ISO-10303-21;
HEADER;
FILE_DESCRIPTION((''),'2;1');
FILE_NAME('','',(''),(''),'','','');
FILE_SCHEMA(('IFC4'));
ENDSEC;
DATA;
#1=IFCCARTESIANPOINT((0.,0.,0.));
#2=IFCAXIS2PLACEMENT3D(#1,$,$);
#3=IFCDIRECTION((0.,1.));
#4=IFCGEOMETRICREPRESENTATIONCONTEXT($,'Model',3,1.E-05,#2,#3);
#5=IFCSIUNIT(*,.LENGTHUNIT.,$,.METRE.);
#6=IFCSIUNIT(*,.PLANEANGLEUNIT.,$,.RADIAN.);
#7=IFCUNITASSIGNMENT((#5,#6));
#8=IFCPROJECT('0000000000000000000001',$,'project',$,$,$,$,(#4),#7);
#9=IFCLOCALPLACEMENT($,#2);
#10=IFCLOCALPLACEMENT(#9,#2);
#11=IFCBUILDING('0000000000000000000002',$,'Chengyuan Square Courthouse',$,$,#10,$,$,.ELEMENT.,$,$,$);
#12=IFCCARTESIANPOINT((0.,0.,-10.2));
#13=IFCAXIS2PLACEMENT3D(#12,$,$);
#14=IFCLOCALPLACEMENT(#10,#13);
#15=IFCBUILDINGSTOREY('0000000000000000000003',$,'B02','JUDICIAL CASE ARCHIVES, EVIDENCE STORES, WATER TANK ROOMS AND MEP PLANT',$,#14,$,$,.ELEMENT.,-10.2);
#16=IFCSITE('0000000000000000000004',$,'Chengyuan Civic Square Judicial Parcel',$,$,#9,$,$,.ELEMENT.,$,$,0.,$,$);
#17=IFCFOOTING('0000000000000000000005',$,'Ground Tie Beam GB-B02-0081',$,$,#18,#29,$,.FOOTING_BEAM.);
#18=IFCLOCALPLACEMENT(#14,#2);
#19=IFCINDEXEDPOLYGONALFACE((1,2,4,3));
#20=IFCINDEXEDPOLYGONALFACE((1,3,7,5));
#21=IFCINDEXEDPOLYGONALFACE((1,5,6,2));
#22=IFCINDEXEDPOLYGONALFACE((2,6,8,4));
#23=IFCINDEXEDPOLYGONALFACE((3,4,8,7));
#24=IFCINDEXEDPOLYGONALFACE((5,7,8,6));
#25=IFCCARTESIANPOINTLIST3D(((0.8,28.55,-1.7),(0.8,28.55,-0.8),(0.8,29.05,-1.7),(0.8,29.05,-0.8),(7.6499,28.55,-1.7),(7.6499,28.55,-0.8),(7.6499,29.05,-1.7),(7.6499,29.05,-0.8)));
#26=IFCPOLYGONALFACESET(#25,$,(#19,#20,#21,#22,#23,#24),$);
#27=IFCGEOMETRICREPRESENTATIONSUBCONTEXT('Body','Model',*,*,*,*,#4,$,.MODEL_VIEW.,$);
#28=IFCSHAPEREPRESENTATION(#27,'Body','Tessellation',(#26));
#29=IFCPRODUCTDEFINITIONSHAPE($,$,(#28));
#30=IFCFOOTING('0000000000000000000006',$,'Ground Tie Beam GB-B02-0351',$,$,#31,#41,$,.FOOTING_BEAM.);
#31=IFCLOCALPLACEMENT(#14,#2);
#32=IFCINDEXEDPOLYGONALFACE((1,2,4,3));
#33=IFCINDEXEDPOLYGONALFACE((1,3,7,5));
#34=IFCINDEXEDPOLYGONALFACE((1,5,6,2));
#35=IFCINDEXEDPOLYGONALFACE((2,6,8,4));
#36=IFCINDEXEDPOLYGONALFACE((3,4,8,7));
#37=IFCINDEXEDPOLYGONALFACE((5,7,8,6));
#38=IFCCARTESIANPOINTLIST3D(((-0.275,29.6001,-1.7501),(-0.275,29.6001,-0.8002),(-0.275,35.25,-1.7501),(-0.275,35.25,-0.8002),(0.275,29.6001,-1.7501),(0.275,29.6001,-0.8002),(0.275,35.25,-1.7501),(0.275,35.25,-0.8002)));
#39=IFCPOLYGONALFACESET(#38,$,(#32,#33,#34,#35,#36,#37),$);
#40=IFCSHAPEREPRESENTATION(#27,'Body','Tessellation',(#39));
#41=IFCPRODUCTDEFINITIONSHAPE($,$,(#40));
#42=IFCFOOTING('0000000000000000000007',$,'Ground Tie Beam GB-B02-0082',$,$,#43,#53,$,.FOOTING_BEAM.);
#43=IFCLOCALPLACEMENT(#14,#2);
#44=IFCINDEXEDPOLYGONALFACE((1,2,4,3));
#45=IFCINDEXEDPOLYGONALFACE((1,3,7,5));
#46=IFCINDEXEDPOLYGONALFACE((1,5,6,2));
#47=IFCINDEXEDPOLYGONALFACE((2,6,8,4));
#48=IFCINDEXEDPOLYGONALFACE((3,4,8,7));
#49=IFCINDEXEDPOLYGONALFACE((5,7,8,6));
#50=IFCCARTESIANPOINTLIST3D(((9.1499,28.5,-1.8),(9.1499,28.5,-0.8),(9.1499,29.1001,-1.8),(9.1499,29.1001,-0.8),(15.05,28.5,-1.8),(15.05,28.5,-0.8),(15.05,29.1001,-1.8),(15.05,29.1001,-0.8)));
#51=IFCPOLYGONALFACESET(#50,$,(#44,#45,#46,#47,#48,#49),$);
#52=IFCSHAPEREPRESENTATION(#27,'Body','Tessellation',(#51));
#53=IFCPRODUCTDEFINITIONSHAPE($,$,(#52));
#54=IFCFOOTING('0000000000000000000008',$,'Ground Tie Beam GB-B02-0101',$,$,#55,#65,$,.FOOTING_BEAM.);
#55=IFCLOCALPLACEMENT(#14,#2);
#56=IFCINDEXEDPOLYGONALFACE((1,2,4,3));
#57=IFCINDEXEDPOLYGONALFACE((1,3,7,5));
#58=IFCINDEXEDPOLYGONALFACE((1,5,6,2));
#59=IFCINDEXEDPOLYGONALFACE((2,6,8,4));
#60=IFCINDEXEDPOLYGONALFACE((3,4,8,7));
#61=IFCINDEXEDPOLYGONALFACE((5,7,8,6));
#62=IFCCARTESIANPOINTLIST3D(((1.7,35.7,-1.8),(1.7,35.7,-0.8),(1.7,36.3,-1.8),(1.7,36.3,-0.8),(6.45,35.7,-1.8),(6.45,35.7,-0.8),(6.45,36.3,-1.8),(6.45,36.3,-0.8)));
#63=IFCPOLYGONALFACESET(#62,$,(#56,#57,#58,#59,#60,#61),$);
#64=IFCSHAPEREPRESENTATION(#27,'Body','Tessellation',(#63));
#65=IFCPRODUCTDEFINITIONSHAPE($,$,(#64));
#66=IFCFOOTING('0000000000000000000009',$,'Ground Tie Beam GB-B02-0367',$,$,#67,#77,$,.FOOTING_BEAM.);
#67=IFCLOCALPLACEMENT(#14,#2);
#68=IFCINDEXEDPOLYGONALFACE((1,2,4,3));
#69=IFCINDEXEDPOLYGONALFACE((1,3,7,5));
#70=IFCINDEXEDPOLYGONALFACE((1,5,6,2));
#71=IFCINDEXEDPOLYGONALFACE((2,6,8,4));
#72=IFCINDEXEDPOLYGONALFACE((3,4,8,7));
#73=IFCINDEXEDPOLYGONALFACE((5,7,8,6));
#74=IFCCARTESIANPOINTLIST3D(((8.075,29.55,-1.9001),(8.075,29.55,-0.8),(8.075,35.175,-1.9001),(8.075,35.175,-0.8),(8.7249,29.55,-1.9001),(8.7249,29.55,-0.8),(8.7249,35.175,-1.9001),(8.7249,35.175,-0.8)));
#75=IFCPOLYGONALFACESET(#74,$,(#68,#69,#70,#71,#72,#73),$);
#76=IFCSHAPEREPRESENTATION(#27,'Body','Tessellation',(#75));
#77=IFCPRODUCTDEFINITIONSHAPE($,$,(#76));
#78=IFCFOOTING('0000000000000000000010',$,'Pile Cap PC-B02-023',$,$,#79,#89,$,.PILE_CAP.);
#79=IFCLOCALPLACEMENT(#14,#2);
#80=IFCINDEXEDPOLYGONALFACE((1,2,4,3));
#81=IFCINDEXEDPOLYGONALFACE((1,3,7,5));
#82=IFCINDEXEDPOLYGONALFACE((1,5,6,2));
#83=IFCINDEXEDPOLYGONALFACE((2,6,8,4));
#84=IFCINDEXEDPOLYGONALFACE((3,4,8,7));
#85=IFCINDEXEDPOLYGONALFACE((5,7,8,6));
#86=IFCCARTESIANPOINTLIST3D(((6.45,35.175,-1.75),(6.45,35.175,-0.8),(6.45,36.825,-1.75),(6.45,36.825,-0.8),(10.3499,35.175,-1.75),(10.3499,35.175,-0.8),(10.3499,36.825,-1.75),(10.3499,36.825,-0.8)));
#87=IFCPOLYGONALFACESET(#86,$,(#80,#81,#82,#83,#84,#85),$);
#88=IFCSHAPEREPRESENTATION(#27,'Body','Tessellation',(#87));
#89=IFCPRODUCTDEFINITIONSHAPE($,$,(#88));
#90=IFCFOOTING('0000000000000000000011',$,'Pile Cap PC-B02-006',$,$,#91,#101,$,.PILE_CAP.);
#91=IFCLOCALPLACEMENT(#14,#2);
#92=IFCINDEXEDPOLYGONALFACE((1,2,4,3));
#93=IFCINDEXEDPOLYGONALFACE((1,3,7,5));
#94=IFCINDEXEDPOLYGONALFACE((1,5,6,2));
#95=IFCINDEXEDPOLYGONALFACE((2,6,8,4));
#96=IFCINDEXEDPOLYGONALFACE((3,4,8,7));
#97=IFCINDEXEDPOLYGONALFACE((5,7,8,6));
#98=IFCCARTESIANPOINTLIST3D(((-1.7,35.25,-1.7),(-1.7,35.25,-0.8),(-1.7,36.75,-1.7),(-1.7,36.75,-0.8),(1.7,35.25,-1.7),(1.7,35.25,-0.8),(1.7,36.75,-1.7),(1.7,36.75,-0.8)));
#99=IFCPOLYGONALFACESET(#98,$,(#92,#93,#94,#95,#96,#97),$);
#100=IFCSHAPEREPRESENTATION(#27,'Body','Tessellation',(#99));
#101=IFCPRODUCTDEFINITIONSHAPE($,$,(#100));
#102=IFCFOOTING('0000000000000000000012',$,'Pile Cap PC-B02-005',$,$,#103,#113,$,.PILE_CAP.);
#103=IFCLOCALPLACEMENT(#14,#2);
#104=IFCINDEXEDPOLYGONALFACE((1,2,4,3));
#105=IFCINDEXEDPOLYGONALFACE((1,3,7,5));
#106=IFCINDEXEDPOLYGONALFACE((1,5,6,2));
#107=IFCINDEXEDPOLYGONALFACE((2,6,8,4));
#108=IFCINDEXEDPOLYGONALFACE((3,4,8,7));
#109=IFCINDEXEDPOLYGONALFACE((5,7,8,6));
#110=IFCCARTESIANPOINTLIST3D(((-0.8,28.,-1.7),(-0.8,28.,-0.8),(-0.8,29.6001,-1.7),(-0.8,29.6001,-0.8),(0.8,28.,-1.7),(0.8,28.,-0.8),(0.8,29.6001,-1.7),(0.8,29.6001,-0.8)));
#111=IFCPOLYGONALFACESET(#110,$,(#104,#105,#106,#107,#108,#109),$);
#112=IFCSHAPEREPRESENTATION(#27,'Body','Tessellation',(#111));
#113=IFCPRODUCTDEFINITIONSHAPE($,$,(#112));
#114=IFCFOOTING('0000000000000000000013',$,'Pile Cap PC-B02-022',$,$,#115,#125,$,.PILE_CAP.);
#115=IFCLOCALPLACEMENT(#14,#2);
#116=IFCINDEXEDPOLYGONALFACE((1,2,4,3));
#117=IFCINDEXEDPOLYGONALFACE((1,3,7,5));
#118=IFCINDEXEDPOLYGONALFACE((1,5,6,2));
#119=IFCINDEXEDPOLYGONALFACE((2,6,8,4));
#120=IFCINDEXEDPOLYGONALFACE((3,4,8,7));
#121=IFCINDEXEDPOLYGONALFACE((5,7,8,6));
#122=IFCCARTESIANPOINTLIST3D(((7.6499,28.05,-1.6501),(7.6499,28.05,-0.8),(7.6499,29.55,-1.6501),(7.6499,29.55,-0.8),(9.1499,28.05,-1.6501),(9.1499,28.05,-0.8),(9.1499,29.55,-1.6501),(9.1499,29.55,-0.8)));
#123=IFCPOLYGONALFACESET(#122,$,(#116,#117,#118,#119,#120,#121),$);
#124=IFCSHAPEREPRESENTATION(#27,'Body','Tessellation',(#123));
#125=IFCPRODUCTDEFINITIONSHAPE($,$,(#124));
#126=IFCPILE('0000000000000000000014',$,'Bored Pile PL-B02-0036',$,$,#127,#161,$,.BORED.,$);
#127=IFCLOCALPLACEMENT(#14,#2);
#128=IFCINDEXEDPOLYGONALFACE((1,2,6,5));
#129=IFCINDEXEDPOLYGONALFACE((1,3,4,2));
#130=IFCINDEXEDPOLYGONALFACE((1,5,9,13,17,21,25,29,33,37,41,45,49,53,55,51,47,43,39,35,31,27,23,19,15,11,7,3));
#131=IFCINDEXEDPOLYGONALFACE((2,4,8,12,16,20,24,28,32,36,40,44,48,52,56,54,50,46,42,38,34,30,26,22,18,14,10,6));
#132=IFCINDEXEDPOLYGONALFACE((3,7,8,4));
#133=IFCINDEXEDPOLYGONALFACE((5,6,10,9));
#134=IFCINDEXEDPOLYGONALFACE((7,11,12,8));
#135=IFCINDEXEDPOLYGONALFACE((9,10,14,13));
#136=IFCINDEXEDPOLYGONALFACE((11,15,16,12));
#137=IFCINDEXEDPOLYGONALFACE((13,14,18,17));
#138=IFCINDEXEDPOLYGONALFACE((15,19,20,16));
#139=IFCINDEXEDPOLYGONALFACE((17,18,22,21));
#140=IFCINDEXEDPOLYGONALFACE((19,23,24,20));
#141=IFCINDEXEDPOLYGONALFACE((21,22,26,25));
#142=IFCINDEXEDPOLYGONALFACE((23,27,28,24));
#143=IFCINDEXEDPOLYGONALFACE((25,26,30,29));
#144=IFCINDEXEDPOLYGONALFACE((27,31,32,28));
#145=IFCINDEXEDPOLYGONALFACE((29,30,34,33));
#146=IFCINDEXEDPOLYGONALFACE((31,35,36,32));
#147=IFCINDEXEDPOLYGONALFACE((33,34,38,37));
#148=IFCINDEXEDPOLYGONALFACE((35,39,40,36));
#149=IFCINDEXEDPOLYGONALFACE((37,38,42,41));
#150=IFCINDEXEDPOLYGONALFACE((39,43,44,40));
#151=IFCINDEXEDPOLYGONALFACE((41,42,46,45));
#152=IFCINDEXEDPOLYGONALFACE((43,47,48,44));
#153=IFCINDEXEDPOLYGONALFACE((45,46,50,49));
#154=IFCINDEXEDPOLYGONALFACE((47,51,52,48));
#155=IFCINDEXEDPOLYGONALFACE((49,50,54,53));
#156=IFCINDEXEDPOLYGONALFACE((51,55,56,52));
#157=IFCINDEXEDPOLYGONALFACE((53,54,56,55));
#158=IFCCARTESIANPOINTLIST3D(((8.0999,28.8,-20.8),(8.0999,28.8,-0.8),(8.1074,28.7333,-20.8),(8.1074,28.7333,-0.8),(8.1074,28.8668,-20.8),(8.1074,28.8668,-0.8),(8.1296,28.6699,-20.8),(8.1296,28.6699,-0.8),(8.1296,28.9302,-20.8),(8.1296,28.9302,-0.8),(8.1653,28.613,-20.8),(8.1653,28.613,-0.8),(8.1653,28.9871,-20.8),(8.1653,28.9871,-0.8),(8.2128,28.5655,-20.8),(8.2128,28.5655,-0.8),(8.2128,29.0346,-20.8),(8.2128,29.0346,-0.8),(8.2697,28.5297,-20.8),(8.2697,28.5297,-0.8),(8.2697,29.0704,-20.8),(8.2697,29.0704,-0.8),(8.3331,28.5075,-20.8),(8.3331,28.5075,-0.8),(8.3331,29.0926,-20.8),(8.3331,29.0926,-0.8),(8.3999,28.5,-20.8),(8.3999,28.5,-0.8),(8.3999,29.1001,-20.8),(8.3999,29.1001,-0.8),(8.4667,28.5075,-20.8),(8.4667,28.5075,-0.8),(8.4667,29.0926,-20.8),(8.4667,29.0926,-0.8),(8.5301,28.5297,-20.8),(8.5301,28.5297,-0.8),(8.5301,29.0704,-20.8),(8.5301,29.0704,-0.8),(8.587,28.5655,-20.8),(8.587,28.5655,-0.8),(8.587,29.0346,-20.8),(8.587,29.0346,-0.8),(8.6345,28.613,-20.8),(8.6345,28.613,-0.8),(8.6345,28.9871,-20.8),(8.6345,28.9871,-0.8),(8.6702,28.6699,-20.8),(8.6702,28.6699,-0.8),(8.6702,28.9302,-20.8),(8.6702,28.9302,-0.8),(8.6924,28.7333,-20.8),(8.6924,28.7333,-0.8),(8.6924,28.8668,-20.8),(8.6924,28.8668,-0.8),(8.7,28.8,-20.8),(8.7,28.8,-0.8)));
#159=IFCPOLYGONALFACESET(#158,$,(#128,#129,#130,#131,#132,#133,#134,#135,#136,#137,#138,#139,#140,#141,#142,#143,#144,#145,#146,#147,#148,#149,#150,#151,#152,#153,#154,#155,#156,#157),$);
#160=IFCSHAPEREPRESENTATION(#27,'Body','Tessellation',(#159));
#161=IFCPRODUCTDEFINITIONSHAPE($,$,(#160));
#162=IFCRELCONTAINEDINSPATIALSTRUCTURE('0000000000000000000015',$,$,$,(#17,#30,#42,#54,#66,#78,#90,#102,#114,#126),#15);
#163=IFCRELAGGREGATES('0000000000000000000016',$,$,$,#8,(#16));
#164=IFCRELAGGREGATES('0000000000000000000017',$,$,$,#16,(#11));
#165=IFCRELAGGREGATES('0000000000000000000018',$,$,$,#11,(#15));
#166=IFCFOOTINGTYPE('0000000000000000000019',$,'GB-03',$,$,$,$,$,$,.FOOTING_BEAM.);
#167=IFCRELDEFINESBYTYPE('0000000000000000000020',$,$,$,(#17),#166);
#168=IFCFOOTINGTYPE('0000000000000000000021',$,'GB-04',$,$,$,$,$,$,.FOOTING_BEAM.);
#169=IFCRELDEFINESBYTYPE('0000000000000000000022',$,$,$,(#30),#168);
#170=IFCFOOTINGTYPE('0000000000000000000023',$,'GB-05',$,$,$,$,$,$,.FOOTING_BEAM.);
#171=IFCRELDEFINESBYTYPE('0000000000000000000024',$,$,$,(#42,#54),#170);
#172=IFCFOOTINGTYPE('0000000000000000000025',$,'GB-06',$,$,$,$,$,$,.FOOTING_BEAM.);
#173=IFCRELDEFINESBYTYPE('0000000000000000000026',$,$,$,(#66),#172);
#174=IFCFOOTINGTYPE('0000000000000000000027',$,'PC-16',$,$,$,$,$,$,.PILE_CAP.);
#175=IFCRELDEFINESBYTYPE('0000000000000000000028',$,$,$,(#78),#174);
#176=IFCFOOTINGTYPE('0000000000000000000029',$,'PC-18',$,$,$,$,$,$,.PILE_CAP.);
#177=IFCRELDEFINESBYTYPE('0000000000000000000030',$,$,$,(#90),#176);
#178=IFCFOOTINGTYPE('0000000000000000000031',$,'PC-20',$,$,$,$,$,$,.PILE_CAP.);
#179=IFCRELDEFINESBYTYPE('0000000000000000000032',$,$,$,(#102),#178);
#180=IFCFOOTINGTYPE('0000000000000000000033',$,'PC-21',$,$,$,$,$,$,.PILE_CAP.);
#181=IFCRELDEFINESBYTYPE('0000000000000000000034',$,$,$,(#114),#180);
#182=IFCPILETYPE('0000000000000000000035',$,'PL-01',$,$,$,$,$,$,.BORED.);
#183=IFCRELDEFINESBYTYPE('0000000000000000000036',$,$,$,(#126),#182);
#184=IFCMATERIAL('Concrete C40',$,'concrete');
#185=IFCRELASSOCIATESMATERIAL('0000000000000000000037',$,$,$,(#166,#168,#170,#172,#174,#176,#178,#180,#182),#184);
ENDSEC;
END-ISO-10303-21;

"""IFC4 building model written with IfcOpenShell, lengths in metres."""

from ifc_helpers import new_model, si_unit, direction, frame, origin, origin_2d, place, context, subcontext, project, spatial, rectangle, circle, extrude, material, material_profile, profile_set, type_object, element, save


model = new_model("IFC4")

# Units and contexts
model_context = context("Model", 3, precision=1e-05, world=origin(), true_north=direction((0.0, 1.0)))
body_context = subcontext(model_context, "Body", "Model", "MODEL_VIEW")
ifc_project = project(units=[si_unit("LENGTHUNIT", "METRE"), si_unit("PLANEANGLEUNIT", "RADIAN")], contexts=[model_context])

# Site, building, storey
site_placement = place(None, origin())
site = spatial("IfcSite", under=ifc_project, at=site_placement, Name="Chengyuan Civic Square Judicial Parcel", CompositionType="ELEMENT", RefElevation=0.0)
building_placement = place(site_placement, origin())
building = spatial("IfcBuilding", under=site, at=building_placement, Name="Chengyuan Square Courthouse", CompositionType="ELEMENT")
storey_placement = place(building_placement, frame((0.0, 0.0, -10.2)))
storey = spatial("IfcBuildingStorey", under=building, at=storey_placement, Name="B02", Description="JUDICIAL CASE ARCHIVES, EVIDENCE STORES, WATER TANK ROOMS AND MEP PLANT", CompositionType="ELEMENT", Elevation=-10.2)

# Footings
ifc_material_1 = material(Name="Concrete C40", Category="concrete")
ifc_material_profile_1 = material_profile(ifc_material_1, rectangle(XDim=0.5, YDim=0.8999, at=origin_2d()), Name="GB-500x900")
ifc_profile_set_1 = profile_set([ifc_material_profile_1], Name="Concrete C40")
footing_type_1 = type_object("IfcFootingType", Name="GB-03", PredefinedType="FOOTING_BEAM", material=ifc_profile_set_1)
footing_1_placement = place(storey_placement, frame((0.8, 28.8, -1.25), z_axis=(1.0, 0.0, 0.0), x_axis=(0.0, 1.0, 0.0)))
element("IfcFooting", 1, at=footing_1_placement, inside=storey, type_object=footing_type_1, Name="Ground Tie Beam GB-B02-0081", PredefinedType="FOOTING_BEAM", context=body_context, shape_type="SweptSolid", body=[
    extrude(rectangle(XDim=0.5, YDim=0.8999, at=origin_2d()), origin(), (0.0, 0.0, 1.0), 6.8499),
])
ifc_material_profile_2 = material_profile(ifc_material_1, rectangle(XDim=0.55, YDim=0.95, at=origin_2d()), Name="GB-550x950")
ifc_profile_set_2 = profile_set([ifc_material_profile_2], Name="Concrete C40")
footing_type_2 = type_object("IfcFootingType", Name="GB-04", PredefinedType="FOOTING_BEAM", material=ifc_profile_set_2)
footing_2_placement = place(storey_placement, frame((0.0, 29.6001, -1.2751), z_axis=(0.0, 1.0, 0.0), x_axis=(-1.0, 0.0, 0.0)))
element("IfcFooting", 2, at=footing_2_placement, inside=storey, type_object=footing_type_2, Name="Ground Tie Beam GB-B02-0351", PredefinedType="FOOTING_BEAM", context=body_context, shape_type="SweptSolid", body=[
    extrude(rectangle(XDim=0.55, YDim=0.95, at=origin_2d()), origin(), (0.0, 0.0, 1.0), 5.6499),
])
ifc_material_profile_3 = material_profile(ifc_material_1, rectangle(XDim=0.6001, YDim=1.0, at=origin_2d()), Name="GB-600x1000")
ifc_profile_set_3 = profile_set([ifc_material_profile_3], Name="Concrete C40")
footing_type_3 = type_object("IfcFootingType", Name="GB-05", PredefinedType="FOOTING_BEAM", material=ifc_profile_set_3)
footing_3_placement = place(storey_placement, frame((9.1499, 28.8, -1.3), z_axis=(1.0, 0.0, 0.0), x_axis=(0.0, 1.0, 0.0)))
element("IfcFooting", 3, at=footing_3_placement, inside=storey, type_object=footing_type_3, Name="Ground Tie Beam GB-B02-0082", PredefinedType="FOOTING_BEAM", context=body_context, shape_type="SweptSolid", body=[
    extrude(rectangle(XDim=0.6001, YDim=1.0, at=origin_2d()), origin(), (0.0, 0.0, 1.0), 5.9001),
])
footing_4_placement = place(storey_placement, frame((1.7, 36.0, -1.3), z_axis=(1.0, 0.0, 0.0), x_axis=(0.0, 1.0, 0.0)))
element("IfcFooting", 4, at=footing_4_placement, inside=storey, type_object=footing_type_3, Name="Ground Tie Beam GB-B02-0101", PredefinedType="FOOTING_BEAM", context=body_context, shape_type="SweptSolid", body=[
    extrude(rectangle(XDim=0.6001, YDim=1.0, at=origin_2d()), origin(), (0.0, 0.0, 1.0), 4.75),
])
ifc_material_profile_4 = material_profile(ifc_material_1, rectangle(XDim=0.6499, YDim=1.1001, at=origin_2d()), Name="GB-650x1100")
ifc_profile_set_4 = profile_set([ifc_material_profile_4], Name="Concrete C40")
footing_type_4 = type_object("IfcFootingType", Name="GB-06", PredefinedType="FOOTING_BEAM", material=ifc_profile_set_4)
footing_5_placement = place(storey_placement, frame((8.3999, 29.55, -1.3501), z_axis=(0.0, 1.0, 0.0), x_axis=(-1.0, 0.0, 0.0)))
element("IfcFooting", 5, at=footing_5_placement, inside=storey, type_object=footing_type_4, Name="Ground Tie Beam GB-B02-0367", PredefinedType="FOOTING_BEAM", context=body_context, shape_type="SweptSolid", body=[
    extrude(rectangle(XDim=0.6499, YDim=1.1001, at=origin_2d()), origin(), (0.0, 0.0, 1.0), 5.625),
])
footing_type_5 = type_object("IfcFootingType", Name="PC-16", PredefinedType="PILE_CAP", material=ifc_material_1)
footing_6_placement = place(storey_placement, frame((8.3999, 36.0, -1.75), z_axis=(0.0, 0.0, 1.0), x_axis=(1.0, 0.0, 0.0)))
element("IfcFooting", 6, at=footing_6_placement, inside=storey, type_object=footing_type_5, Name="Pile Cap PC-B02-023", PredefinedType="PILE_CAP", context=body_context, shape_type="SweptSolid", body=[
    extrude(rectangle(XDim=3.8999, YDim=1.6499, at=origin_2d()), origin(), (0.0, 0.0, 1.0), 0.95),
])
footing_type_6 = type_object("IfcFootingType", Name="PC-18", PredefinedType="PILE_CAP", material=ifc_material_1)
footing_7_placement = place(storey_placement, frame((0.0, 36.0, -1.7), z_axis=(0.0, 0.0, 1.0), x_axis=(1.0, 0.0, 0.0)))
element("IfcFooting", 7, at=footing_7_placement, inside=storey, type_object=footing_type_6, Name="Pile Cap PC-B02-006", PredefinedType="PILE_CAP", context=body_context, shape_type="SweptSolid", body=[
    extrude(rectangle(XDim=3.3999, YDim=1.5, at=origin_2d()), origin(), (0.0, 0.0, 1.0), 0.8999),
])
footing_type_7 = type_object("IfcFootingType", Name="PC-20", PredefinedType="PILE_CAP", material=ifc_material_1)
footing_8_placement = place(storey_placement, frame((0.0, 28.8, -1.7), z_axis=(0.0, 0.0, 1.0), x_axis=(1.0, 0.0, 0.0)))
element("IfcFooting", 8, at=footing_8_placement, inside=storey, type_object=footing_type_7, Name="Pile Cap PC-B02-005", PredefinedType="PILE_CAP", context=body_context, shape_type="SweptSolid", body=[
    extrude(rectangle(XDim=1.6001, YDim=1.6001, at=origin_2d()), origin(), (0.0, 0.0, 1.0), 0.8999),
])
footing_type_8 = type_object("IfcFootingType", Name="PC-21", PredefinedType="PILE_CAP", material=ifc_material_1)
footing_9_placement = place(storey_placement, frame((8.3999, 28.8, -1.6501), z_axis=(0.0, 0.0, 1.0), x_axis=(1.0, 0.0, 0.0)))
element("IfcFooting", 9, at=footing_9_placement, inside=storey, type_object=footing_type_8, Name="Pile Cap PC-B02-022", PredefinedType="PILE_CAP", context=body_context, shape_type="SweptSolid", body=[
    extrude(rectangle(XDim=1.5, YDim=1.5, at=origin_2d()), origin(), (0.0, 0.0, 1.0), 0.8501),
])

# Pile
ifc_material_profile_5 = material_profile(ifc_material_1, circle(Radius=0.3, at=origin_2d()), Name="BORED PILE D600")
ifc_profile_set_5 = profile_set([ifc_material_profile_5], Name="Concrete C40")
pile_type_1 = type_object("IfcPileType", Name="PL-01", PredefinedType="BORED", material=ifc_profile_set_5)
pile_1_placement = place(storey_placement, frame((8.3999, 28.8, -0.8), z_axis=(0.0, 0.0, -1.0), x_axis=(1.0, 0.0, 0.0)))
element("IfcPile", 10, at=pile_1_placement, inside=storey, type_object=pile_type_1, Name="Bored Pile PL-B02-0036", PredefinedType="BORED", context=body_context, shape_type="SweptSolid", body=[
    extrude(circle(Radius=0.3, at=origin_2d()), origin(), (0.0, 0.0, 1.0), 20.0),
])

save(model, "model.ifc")
